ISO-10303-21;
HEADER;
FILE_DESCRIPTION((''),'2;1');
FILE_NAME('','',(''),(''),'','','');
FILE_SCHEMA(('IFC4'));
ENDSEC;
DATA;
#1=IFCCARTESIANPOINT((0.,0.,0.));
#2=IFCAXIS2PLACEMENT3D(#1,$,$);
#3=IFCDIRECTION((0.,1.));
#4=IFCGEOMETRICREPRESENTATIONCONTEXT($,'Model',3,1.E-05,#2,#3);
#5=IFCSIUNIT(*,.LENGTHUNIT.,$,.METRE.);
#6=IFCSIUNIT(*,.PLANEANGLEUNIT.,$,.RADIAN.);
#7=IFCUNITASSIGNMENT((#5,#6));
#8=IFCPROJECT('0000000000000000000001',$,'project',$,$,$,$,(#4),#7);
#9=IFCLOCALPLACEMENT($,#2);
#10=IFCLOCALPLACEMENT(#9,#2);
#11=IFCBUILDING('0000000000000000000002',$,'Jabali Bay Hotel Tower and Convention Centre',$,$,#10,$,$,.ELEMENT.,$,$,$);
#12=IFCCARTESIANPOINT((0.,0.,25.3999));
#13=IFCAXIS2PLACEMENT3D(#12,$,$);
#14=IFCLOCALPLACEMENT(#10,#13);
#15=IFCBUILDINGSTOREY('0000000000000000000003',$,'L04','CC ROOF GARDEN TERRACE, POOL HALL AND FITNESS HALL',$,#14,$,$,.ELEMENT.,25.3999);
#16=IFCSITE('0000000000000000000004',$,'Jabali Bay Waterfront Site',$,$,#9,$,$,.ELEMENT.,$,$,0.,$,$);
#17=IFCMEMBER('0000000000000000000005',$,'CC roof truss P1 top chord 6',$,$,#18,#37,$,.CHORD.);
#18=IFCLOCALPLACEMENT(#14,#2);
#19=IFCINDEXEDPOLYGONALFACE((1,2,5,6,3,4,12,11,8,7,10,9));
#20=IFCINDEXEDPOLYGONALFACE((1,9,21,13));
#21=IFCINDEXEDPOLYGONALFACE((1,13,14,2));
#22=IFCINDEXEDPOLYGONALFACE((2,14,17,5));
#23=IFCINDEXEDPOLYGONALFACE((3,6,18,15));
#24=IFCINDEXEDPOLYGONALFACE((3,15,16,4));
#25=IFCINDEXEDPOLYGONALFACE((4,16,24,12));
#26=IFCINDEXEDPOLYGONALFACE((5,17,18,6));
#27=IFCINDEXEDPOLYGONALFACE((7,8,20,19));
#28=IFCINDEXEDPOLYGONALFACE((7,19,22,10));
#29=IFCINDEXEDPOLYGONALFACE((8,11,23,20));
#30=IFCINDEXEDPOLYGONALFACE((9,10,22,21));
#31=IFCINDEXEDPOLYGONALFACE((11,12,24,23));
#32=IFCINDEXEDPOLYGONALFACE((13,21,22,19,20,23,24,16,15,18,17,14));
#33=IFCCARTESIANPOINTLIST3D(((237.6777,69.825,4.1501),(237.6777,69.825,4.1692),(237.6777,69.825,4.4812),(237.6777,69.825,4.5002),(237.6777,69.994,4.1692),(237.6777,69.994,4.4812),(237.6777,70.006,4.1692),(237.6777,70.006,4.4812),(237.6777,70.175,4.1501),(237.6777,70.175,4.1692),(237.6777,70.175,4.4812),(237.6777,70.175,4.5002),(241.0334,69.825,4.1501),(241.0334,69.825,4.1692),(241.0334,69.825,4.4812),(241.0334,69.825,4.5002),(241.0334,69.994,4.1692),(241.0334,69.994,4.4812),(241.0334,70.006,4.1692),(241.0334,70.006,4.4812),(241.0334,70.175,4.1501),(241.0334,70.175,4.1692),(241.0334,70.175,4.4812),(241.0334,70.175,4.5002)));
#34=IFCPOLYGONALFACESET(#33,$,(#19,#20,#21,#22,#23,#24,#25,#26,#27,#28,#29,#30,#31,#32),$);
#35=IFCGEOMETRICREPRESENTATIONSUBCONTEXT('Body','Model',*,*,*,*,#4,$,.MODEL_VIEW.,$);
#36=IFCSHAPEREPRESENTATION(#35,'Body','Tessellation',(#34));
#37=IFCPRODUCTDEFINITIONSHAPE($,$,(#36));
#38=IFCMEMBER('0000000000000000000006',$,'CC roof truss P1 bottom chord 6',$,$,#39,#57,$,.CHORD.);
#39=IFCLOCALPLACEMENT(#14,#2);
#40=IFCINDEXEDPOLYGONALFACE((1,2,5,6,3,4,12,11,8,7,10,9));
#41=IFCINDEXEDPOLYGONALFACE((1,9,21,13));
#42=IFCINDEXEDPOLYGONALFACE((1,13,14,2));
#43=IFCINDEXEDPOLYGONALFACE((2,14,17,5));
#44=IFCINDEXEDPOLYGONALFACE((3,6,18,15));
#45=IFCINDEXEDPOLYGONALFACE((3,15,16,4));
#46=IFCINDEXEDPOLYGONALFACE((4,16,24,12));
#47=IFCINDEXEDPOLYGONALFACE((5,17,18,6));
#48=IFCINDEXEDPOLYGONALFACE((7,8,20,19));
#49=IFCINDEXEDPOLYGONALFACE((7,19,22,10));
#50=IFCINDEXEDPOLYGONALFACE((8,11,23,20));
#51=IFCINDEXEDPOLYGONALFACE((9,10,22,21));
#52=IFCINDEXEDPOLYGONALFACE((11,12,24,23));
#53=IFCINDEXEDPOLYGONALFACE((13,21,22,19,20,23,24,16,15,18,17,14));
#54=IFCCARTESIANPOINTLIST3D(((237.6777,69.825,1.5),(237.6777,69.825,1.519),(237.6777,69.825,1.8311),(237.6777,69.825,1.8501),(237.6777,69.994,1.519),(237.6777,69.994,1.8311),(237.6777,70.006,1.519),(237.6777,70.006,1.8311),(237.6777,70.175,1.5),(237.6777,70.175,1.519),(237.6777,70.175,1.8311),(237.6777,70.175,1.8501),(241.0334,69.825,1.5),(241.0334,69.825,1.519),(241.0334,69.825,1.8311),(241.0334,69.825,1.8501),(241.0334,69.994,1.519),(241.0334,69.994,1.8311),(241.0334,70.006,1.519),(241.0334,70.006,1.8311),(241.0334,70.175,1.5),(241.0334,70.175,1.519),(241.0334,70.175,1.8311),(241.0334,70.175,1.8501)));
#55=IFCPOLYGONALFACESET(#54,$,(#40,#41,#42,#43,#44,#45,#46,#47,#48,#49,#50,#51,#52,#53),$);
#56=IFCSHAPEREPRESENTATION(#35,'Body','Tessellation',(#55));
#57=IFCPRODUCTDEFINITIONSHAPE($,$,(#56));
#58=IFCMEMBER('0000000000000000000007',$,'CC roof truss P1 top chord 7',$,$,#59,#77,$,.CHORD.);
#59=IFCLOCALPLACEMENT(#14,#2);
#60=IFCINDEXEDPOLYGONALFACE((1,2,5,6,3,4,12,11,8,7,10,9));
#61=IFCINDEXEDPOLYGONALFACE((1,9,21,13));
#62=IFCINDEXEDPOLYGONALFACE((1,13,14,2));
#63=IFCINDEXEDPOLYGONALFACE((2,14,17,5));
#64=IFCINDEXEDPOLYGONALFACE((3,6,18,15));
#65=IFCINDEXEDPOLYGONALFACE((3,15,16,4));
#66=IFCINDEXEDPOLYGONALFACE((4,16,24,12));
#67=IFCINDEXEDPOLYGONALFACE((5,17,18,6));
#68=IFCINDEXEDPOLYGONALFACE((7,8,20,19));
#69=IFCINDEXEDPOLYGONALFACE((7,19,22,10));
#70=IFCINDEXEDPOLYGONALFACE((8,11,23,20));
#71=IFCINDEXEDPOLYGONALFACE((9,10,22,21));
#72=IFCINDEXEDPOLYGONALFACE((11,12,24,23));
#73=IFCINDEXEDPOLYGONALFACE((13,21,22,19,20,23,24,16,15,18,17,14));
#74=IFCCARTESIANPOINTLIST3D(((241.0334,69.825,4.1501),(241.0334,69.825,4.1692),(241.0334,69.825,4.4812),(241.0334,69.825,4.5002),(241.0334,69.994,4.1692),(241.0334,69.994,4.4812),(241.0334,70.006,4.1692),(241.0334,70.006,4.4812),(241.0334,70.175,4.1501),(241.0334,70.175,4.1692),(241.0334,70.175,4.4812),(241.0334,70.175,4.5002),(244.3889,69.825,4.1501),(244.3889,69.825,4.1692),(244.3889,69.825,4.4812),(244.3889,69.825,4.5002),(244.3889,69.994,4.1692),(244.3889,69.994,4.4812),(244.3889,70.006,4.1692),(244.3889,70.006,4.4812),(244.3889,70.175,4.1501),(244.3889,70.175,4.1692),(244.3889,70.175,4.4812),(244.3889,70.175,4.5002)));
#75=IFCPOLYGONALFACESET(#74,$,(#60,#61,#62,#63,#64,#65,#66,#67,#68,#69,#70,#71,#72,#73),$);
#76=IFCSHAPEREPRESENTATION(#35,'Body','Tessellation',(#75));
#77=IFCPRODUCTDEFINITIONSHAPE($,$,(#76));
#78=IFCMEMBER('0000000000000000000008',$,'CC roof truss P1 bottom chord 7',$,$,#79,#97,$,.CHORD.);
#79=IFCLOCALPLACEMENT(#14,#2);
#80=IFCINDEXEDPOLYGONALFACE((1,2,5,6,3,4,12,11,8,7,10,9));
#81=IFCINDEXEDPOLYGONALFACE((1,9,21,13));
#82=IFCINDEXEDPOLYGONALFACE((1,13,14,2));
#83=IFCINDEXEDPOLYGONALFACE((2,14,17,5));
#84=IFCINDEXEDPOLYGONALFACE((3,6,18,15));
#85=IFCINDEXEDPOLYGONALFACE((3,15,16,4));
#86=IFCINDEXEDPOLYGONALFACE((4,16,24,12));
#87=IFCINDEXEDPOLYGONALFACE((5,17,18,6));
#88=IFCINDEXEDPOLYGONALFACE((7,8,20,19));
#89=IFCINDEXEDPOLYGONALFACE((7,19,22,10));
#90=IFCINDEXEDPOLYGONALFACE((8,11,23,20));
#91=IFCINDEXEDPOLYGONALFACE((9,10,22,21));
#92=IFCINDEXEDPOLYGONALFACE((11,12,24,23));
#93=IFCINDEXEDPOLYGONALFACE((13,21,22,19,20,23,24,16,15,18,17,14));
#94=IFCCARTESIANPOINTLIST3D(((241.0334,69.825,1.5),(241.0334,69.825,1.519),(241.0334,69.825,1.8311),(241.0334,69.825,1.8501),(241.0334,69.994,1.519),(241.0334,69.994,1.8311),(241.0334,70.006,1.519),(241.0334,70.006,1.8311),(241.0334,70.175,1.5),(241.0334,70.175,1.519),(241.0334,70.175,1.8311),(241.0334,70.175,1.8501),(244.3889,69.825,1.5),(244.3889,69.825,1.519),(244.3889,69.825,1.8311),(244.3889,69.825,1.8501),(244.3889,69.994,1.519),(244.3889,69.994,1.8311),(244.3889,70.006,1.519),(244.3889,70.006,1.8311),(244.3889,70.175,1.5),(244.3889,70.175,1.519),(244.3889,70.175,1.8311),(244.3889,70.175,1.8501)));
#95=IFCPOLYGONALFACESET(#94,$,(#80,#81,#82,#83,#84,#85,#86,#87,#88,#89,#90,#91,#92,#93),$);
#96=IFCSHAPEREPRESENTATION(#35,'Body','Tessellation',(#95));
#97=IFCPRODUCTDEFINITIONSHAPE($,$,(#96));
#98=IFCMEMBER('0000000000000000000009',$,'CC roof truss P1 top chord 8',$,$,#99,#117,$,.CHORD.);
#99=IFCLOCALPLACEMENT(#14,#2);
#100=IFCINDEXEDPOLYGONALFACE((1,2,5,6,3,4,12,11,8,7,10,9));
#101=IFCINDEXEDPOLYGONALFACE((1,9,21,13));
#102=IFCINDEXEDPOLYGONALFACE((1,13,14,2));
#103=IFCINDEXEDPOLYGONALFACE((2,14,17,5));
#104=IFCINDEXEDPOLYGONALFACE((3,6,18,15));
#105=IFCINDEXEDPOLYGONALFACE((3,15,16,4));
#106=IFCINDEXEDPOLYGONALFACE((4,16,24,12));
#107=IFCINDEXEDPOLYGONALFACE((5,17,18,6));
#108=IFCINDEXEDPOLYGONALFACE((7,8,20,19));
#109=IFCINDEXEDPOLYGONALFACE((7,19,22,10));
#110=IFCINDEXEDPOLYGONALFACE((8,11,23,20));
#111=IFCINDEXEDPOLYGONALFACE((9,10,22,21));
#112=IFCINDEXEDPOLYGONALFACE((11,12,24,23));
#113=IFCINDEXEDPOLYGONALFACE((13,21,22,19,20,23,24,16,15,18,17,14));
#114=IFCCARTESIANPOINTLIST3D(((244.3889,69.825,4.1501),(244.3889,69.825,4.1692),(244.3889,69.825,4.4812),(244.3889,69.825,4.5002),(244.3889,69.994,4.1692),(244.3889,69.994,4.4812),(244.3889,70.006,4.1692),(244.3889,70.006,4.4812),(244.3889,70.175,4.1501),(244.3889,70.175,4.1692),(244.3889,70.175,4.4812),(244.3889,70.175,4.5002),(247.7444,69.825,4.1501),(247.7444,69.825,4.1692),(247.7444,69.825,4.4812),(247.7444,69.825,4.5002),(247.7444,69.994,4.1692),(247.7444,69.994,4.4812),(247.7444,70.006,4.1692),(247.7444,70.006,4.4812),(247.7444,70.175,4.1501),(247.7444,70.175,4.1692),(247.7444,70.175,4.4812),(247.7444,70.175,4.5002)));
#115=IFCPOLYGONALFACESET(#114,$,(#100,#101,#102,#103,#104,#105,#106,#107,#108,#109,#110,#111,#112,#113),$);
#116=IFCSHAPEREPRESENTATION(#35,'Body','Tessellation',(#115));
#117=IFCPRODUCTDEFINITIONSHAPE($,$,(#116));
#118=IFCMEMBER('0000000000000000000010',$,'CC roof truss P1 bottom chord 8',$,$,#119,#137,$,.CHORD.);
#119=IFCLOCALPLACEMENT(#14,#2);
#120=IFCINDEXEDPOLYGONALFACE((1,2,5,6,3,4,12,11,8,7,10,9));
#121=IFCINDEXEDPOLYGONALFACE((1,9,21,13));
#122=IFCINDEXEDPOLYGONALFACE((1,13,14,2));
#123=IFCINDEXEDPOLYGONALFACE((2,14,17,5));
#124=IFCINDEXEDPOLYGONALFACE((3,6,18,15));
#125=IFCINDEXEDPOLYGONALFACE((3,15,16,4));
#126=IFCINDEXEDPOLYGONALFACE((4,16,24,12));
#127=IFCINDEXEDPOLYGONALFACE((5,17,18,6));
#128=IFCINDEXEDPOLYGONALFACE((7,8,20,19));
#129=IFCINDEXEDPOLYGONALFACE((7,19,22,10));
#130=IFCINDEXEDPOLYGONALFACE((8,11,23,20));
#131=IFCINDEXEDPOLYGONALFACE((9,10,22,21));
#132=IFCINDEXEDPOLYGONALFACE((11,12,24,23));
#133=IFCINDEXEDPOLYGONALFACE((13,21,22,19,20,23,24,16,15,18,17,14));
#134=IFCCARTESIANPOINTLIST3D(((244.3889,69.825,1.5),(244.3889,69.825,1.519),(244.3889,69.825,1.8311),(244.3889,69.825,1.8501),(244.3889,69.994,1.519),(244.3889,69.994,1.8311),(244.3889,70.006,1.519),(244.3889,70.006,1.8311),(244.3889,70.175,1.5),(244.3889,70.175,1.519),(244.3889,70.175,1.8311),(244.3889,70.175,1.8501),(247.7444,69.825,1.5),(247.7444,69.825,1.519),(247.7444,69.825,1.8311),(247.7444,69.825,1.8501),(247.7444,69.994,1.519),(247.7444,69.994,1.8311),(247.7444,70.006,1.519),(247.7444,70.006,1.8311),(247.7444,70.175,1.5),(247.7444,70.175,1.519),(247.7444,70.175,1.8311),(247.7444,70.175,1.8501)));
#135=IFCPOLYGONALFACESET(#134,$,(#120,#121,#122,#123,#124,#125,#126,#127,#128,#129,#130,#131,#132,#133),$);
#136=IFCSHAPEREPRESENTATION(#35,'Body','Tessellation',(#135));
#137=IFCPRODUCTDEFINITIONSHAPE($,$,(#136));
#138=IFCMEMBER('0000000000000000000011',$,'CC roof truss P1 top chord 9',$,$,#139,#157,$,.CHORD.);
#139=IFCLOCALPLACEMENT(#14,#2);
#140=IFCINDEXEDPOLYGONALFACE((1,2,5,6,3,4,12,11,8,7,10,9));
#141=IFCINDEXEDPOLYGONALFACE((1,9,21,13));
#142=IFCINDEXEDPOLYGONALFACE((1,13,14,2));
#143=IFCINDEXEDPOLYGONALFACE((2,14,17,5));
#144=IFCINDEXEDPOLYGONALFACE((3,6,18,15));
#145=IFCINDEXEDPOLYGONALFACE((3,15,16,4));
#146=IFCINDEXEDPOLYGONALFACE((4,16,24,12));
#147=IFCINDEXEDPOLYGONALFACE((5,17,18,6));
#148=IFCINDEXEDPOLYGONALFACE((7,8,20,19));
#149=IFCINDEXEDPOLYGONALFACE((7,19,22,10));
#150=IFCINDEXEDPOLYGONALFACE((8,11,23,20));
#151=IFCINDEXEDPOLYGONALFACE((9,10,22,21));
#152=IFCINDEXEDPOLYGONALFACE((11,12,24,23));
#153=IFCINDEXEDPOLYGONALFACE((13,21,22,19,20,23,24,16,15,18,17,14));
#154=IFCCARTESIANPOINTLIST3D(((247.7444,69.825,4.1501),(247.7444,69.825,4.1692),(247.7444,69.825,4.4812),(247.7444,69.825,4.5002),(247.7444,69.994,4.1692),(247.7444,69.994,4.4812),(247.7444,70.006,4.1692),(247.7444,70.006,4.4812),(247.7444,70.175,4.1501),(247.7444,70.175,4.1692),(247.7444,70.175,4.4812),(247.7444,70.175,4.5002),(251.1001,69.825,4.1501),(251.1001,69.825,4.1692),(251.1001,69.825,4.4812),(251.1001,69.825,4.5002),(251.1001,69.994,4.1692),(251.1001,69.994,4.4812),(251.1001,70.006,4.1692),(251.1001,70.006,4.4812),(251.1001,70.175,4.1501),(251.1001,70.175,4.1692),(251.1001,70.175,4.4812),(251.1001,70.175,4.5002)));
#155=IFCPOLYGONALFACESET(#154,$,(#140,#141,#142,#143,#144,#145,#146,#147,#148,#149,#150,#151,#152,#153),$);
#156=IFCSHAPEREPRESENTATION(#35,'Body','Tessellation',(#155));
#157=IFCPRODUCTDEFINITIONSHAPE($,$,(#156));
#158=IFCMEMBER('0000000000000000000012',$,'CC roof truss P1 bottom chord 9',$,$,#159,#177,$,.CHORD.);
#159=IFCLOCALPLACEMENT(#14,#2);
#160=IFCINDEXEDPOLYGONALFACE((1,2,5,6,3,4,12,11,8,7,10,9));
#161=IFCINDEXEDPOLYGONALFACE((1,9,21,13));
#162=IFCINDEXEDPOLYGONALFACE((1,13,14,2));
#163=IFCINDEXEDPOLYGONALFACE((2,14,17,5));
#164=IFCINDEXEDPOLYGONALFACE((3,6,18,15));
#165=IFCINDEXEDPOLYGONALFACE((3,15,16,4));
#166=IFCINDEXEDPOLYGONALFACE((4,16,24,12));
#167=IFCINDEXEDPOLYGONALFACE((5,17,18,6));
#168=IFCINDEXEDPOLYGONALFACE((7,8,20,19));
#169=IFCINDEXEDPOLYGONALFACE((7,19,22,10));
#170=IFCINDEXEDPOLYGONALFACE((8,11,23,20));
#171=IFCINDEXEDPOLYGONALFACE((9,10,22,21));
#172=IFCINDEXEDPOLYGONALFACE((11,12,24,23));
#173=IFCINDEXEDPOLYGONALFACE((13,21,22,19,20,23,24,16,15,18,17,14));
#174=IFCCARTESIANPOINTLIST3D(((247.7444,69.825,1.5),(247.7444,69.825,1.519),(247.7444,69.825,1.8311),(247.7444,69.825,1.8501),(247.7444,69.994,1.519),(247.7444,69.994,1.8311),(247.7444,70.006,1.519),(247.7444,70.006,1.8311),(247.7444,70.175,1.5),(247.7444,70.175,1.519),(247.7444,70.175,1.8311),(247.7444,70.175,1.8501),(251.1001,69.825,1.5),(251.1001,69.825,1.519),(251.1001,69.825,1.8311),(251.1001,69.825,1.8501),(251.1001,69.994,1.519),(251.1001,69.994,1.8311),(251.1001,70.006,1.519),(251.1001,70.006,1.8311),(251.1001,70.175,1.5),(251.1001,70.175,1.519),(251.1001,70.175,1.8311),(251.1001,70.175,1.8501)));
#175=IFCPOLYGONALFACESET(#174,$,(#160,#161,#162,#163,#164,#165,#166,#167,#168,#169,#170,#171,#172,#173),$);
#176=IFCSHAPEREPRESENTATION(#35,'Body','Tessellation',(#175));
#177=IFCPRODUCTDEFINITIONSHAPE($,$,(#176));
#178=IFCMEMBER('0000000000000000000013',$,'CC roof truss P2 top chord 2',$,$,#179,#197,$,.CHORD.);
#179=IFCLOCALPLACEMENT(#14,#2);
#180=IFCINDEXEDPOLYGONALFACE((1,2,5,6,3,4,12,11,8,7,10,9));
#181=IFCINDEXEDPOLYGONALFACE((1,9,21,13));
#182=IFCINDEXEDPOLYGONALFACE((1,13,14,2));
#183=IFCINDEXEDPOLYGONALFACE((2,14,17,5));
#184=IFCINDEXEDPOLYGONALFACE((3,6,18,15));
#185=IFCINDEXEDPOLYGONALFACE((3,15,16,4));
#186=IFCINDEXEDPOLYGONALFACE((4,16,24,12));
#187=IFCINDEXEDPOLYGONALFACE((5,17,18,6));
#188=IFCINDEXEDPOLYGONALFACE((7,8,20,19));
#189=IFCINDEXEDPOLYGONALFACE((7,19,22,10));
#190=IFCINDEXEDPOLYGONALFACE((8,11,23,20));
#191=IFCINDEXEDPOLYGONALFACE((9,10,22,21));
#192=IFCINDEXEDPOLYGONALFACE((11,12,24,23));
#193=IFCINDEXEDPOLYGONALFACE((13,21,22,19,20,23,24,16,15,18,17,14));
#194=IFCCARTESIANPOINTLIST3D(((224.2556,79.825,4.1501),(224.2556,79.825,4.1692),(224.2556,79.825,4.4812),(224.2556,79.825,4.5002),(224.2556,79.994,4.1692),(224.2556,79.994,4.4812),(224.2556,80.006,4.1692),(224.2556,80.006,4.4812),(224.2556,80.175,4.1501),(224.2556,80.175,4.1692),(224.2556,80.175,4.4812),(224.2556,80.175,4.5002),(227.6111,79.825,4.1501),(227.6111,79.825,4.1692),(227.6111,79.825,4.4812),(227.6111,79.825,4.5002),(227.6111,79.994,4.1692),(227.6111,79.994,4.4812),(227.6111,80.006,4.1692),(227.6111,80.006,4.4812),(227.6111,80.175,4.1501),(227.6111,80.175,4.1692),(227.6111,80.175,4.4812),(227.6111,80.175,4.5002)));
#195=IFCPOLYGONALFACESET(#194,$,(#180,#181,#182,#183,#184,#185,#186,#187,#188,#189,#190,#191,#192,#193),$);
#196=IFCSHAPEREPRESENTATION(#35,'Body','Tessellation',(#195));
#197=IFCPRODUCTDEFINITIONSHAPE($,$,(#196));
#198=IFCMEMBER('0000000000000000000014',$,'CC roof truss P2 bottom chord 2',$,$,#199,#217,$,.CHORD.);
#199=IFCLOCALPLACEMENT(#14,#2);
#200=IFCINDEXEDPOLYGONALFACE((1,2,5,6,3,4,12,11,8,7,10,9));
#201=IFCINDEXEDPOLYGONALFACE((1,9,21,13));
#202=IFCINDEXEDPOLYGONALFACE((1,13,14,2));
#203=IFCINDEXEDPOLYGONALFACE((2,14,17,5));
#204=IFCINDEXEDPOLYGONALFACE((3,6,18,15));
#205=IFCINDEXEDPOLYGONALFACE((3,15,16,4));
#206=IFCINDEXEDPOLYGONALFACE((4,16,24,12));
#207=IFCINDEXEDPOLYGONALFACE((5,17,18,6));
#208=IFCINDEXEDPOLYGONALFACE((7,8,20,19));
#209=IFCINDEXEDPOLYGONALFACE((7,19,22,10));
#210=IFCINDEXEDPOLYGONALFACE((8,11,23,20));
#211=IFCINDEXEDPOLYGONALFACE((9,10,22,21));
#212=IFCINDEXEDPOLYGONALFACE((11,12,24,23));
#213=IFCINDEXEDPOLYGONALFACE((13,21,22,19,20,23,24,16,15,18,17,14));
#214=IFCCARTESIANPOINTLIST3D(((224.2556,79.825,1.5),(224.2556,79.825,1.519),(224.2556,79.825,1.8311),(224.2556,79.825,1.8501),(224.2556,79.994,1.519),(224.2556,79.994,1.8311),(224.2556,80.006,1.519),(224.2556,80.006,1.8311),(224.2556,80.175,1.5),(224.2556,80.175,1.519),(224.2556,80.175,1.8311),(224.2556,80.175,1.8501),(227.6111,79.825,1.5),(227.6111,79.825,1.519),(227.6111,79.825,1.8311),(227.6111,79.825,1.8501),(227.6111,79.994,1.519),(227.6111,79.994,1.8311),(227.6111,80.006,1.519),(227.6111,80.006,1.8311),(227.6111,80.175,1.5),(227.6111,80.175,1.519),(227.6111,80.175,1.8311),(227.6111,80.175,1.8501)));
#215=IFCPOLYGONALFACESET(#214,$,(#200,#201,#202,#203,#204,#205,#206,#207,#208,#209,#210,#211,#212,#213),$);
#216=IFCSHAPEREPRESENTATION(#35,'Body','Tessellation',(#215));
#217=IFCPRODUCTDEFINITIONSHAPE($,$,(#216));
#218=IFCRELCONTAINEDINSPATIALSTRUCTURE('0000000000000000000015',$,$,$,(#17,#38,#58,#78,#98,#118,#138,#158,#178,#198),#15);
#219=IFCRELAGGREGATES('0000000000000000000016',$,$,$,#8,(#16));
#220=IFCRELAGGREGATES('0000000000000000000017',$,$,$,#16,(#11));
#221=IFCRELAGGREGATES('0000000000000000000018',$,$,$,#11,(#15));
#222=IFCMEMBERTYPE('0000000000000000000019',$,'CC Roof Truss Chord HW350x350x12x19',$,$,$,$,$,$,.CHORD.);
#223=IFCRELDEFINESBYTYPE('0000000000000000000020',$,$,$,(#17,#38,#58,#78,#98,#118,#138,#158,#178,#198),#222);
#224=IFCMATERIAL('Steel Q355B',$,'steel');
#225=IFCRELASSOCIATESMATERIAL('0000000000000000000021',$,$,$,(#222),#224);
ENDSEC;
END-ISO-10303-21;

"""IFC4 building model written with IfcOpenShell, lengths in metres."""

from ifc_helpers import new_model, si_unit, direction, frame, origin, origin_2d, place, context, subcontext, project, spatial, i_section, extrude, material, material_profile, profile_set, type_object, element, save


model = new_model("IFC4")

# Units and contexts
model_context = context("Model", 3, precision=1e-05, world=origin(), true_north=direction((0.0, 1.0)))
body_context = subcontext(model_context, "Body", "Model", "MODEL_VIEW")
ifc_project = project(units=[si_unit("LENGTHUNIT", "METRE"), si_unit("PLANEANGLEUNIT", "RADIAN")], contexts=[model_context])

# Site, building, storey
site_placement = place(None, origin())
site = spatial("IfcSite", under=ifc_project, at=site_placement, Name="Jabali Bay Waterfront Site", CompositionType="ELEMENT", RefElevation=0.0)
building_placement = place(site_placement, origin())
building = spatial("IfcBuilding", under=site, at=building_placement, Name="Jabali Bay Hotel Tower and Convention Centre", CompositionType="ELEMENT")
storey_placement = place(building_placement, frame((0.0, 0.0, 25.3999)))
storey = spatial("IfcBuildingStorey", under=building, at=storey_placement, Name="L04", Description="CC ROOF GARDEN TERRACE, POOL HALL AND FITNESS HALL", CompositionType="ELEMENT", Elevation=25.3999)

# Members
ifc_material = material(Name="Steel Q355B", Category="steel")
ifc_material_profile_1 = material_profile(ifc_material, i_section(OverallWidth=0.3501, OverallDepth=0.3501, WebThickness=0.012, FlangeThickness=0.019, at=origin_2d()), Name="HW350x350x12x19")
ifc_profile_set_1 = profile_set([ifc_material_profile_1], Name="Steel Q355B")
member_type_1 = type_object("IfcMemberType", Name="CC Roof Truss Chord HW350x350x12x19", PredefinedType="CHORD", material=ifc_profile_set_1)
for number, where, z_axis, x_axis, name in (
    (1, (237.6777, 70.0, 4.3252), (1.0, 0.0, 0.0), (0.0, 1.0, 0.0), "CC roof truss P1 top chord 6"),
    (2, (237.6777, 70.0, 1.675), (1.0, 0.0, 0.0), (0.0, 1.0, 0.0), "CC roof truss P1 bottom chord 6"),
):
    element("IfcMember", number, at=place(storey_placement, frame(where, z_axis=z_axis, x_axis=x_axis)), inside=storey, type_object=member_type_1, Name=name, PredefinedType="CHORD", context=body_context, shape_type="SweptSolid", body=[
        extrude(i_section(OverallWidth=0.3501, OverallDepth=0.3501, WebThickness=0.012, FlangeThickness=0.019, at=origin_2d()), origin(), (0.0, 0.0, 1.0), 3.3557),
    ])
for number, where, z_axis, x_axis, name in (
    (3, (241.0334, 70.0, 4.3252), (1.0, 0.0, 0.0), (0.0, 1.0, 0.0), "CC roof truss P1 top chord 7"),
    (4, (241.0334, 70.0, 1.675), (1.0, 0.0, 0.0), (0.0, 1.0, 0.0), "CC roof truss P1 bottom chord 7"),
    (5, (244.3889, 70.0, 4.3252), (1.0, 0.0, 0.0), (0.0, 1.0, 0.0), "CC roof truss P1 top chord 8"),
    (6, (244.3889, 70.0, 1.675), (1.0, 0.0, 0.0), (0.0, 1.0, 0.0), "CC roof truss P1 bottom chord 8"),
):
    element("IfcMember", number, at=place(storey_placement, frame(where, z_axis=z_axis, x_axis=x_axis)), inside=storey, type_object=member_type_1, Name=name, PredefinedType="CHORD", context=body_context, shape_type="SweptSolid", body=[
        extrude(i_section(OverallWidth=0.3501, OverallDepth=0.3501, WebThickness=0.012, FlangeThickness=0.019, at=origin_2d()), origin(), (0.0, 0.0, 1.0), 3.3555),
    ])
for number, where, z_axis, x_axis, name in (
    (7, (247.7444, 70.0, 4.3252), (1.0, 0.0, 0.0), (0.0, 1.0, 0.0), "CC roof truss P1 top chord 9"),
    (8, (247.7444, 70.0, 1.675), (1.0, 0.0, 0.0), (0.0, 1.0, 0.0), "CC roof truss P1 bottom chord 9"),
):
    element("IfcMember", number, at=place(storey_placement, frame(where, z_axis=z_axis, x_axis=x_axis)), inside=storey, type_object=member_type_1, Name=name, PredefinedType="CHORD", context=body_context, shape_type="SweptSolid", body=[
        extrude(i_section(OverallWidth=0.3501, OverallDepth=0.3501, WebThickness=0.012, FlangeThickness=0.019, at=origin_2d()), origin(), (0.0, 0.0, 1.0), 3.3557),
    ])
for number, where, z_axis, x_axis, name in (
    (9, (224.2556, 80.0, 4.3252), (1.0, 0.0, 0.0), (0.0, 1.0, 0.0), "CC roof truss P2 top chord 2"),
    (10, (224.2556, 80.0, 1.675), (1.0, 0.0, 0.0), (0.0, 1.0, 0.0), "CC roof truss P2 bottom chord 2"),
):
    element("IfcMember", number, at=place(storey_placement, frame(where, z_axis=z_axis, x_axis=x_axis)), inside=storey, type_object=member_type_1, Name=name, PredefinedType="CHORD", context=body_context, shape_type="SweptSolid", body=[
        extrude(i_section(OverallWidth=0.3501, OverallDepth=0.3501, WebThickness=0.012, FlangeThickness=0.019, at=origin_2d()), origin(), (0.0, 0.0, 1.0), 3.3555),
    ])

save(model, "model.ifc")
